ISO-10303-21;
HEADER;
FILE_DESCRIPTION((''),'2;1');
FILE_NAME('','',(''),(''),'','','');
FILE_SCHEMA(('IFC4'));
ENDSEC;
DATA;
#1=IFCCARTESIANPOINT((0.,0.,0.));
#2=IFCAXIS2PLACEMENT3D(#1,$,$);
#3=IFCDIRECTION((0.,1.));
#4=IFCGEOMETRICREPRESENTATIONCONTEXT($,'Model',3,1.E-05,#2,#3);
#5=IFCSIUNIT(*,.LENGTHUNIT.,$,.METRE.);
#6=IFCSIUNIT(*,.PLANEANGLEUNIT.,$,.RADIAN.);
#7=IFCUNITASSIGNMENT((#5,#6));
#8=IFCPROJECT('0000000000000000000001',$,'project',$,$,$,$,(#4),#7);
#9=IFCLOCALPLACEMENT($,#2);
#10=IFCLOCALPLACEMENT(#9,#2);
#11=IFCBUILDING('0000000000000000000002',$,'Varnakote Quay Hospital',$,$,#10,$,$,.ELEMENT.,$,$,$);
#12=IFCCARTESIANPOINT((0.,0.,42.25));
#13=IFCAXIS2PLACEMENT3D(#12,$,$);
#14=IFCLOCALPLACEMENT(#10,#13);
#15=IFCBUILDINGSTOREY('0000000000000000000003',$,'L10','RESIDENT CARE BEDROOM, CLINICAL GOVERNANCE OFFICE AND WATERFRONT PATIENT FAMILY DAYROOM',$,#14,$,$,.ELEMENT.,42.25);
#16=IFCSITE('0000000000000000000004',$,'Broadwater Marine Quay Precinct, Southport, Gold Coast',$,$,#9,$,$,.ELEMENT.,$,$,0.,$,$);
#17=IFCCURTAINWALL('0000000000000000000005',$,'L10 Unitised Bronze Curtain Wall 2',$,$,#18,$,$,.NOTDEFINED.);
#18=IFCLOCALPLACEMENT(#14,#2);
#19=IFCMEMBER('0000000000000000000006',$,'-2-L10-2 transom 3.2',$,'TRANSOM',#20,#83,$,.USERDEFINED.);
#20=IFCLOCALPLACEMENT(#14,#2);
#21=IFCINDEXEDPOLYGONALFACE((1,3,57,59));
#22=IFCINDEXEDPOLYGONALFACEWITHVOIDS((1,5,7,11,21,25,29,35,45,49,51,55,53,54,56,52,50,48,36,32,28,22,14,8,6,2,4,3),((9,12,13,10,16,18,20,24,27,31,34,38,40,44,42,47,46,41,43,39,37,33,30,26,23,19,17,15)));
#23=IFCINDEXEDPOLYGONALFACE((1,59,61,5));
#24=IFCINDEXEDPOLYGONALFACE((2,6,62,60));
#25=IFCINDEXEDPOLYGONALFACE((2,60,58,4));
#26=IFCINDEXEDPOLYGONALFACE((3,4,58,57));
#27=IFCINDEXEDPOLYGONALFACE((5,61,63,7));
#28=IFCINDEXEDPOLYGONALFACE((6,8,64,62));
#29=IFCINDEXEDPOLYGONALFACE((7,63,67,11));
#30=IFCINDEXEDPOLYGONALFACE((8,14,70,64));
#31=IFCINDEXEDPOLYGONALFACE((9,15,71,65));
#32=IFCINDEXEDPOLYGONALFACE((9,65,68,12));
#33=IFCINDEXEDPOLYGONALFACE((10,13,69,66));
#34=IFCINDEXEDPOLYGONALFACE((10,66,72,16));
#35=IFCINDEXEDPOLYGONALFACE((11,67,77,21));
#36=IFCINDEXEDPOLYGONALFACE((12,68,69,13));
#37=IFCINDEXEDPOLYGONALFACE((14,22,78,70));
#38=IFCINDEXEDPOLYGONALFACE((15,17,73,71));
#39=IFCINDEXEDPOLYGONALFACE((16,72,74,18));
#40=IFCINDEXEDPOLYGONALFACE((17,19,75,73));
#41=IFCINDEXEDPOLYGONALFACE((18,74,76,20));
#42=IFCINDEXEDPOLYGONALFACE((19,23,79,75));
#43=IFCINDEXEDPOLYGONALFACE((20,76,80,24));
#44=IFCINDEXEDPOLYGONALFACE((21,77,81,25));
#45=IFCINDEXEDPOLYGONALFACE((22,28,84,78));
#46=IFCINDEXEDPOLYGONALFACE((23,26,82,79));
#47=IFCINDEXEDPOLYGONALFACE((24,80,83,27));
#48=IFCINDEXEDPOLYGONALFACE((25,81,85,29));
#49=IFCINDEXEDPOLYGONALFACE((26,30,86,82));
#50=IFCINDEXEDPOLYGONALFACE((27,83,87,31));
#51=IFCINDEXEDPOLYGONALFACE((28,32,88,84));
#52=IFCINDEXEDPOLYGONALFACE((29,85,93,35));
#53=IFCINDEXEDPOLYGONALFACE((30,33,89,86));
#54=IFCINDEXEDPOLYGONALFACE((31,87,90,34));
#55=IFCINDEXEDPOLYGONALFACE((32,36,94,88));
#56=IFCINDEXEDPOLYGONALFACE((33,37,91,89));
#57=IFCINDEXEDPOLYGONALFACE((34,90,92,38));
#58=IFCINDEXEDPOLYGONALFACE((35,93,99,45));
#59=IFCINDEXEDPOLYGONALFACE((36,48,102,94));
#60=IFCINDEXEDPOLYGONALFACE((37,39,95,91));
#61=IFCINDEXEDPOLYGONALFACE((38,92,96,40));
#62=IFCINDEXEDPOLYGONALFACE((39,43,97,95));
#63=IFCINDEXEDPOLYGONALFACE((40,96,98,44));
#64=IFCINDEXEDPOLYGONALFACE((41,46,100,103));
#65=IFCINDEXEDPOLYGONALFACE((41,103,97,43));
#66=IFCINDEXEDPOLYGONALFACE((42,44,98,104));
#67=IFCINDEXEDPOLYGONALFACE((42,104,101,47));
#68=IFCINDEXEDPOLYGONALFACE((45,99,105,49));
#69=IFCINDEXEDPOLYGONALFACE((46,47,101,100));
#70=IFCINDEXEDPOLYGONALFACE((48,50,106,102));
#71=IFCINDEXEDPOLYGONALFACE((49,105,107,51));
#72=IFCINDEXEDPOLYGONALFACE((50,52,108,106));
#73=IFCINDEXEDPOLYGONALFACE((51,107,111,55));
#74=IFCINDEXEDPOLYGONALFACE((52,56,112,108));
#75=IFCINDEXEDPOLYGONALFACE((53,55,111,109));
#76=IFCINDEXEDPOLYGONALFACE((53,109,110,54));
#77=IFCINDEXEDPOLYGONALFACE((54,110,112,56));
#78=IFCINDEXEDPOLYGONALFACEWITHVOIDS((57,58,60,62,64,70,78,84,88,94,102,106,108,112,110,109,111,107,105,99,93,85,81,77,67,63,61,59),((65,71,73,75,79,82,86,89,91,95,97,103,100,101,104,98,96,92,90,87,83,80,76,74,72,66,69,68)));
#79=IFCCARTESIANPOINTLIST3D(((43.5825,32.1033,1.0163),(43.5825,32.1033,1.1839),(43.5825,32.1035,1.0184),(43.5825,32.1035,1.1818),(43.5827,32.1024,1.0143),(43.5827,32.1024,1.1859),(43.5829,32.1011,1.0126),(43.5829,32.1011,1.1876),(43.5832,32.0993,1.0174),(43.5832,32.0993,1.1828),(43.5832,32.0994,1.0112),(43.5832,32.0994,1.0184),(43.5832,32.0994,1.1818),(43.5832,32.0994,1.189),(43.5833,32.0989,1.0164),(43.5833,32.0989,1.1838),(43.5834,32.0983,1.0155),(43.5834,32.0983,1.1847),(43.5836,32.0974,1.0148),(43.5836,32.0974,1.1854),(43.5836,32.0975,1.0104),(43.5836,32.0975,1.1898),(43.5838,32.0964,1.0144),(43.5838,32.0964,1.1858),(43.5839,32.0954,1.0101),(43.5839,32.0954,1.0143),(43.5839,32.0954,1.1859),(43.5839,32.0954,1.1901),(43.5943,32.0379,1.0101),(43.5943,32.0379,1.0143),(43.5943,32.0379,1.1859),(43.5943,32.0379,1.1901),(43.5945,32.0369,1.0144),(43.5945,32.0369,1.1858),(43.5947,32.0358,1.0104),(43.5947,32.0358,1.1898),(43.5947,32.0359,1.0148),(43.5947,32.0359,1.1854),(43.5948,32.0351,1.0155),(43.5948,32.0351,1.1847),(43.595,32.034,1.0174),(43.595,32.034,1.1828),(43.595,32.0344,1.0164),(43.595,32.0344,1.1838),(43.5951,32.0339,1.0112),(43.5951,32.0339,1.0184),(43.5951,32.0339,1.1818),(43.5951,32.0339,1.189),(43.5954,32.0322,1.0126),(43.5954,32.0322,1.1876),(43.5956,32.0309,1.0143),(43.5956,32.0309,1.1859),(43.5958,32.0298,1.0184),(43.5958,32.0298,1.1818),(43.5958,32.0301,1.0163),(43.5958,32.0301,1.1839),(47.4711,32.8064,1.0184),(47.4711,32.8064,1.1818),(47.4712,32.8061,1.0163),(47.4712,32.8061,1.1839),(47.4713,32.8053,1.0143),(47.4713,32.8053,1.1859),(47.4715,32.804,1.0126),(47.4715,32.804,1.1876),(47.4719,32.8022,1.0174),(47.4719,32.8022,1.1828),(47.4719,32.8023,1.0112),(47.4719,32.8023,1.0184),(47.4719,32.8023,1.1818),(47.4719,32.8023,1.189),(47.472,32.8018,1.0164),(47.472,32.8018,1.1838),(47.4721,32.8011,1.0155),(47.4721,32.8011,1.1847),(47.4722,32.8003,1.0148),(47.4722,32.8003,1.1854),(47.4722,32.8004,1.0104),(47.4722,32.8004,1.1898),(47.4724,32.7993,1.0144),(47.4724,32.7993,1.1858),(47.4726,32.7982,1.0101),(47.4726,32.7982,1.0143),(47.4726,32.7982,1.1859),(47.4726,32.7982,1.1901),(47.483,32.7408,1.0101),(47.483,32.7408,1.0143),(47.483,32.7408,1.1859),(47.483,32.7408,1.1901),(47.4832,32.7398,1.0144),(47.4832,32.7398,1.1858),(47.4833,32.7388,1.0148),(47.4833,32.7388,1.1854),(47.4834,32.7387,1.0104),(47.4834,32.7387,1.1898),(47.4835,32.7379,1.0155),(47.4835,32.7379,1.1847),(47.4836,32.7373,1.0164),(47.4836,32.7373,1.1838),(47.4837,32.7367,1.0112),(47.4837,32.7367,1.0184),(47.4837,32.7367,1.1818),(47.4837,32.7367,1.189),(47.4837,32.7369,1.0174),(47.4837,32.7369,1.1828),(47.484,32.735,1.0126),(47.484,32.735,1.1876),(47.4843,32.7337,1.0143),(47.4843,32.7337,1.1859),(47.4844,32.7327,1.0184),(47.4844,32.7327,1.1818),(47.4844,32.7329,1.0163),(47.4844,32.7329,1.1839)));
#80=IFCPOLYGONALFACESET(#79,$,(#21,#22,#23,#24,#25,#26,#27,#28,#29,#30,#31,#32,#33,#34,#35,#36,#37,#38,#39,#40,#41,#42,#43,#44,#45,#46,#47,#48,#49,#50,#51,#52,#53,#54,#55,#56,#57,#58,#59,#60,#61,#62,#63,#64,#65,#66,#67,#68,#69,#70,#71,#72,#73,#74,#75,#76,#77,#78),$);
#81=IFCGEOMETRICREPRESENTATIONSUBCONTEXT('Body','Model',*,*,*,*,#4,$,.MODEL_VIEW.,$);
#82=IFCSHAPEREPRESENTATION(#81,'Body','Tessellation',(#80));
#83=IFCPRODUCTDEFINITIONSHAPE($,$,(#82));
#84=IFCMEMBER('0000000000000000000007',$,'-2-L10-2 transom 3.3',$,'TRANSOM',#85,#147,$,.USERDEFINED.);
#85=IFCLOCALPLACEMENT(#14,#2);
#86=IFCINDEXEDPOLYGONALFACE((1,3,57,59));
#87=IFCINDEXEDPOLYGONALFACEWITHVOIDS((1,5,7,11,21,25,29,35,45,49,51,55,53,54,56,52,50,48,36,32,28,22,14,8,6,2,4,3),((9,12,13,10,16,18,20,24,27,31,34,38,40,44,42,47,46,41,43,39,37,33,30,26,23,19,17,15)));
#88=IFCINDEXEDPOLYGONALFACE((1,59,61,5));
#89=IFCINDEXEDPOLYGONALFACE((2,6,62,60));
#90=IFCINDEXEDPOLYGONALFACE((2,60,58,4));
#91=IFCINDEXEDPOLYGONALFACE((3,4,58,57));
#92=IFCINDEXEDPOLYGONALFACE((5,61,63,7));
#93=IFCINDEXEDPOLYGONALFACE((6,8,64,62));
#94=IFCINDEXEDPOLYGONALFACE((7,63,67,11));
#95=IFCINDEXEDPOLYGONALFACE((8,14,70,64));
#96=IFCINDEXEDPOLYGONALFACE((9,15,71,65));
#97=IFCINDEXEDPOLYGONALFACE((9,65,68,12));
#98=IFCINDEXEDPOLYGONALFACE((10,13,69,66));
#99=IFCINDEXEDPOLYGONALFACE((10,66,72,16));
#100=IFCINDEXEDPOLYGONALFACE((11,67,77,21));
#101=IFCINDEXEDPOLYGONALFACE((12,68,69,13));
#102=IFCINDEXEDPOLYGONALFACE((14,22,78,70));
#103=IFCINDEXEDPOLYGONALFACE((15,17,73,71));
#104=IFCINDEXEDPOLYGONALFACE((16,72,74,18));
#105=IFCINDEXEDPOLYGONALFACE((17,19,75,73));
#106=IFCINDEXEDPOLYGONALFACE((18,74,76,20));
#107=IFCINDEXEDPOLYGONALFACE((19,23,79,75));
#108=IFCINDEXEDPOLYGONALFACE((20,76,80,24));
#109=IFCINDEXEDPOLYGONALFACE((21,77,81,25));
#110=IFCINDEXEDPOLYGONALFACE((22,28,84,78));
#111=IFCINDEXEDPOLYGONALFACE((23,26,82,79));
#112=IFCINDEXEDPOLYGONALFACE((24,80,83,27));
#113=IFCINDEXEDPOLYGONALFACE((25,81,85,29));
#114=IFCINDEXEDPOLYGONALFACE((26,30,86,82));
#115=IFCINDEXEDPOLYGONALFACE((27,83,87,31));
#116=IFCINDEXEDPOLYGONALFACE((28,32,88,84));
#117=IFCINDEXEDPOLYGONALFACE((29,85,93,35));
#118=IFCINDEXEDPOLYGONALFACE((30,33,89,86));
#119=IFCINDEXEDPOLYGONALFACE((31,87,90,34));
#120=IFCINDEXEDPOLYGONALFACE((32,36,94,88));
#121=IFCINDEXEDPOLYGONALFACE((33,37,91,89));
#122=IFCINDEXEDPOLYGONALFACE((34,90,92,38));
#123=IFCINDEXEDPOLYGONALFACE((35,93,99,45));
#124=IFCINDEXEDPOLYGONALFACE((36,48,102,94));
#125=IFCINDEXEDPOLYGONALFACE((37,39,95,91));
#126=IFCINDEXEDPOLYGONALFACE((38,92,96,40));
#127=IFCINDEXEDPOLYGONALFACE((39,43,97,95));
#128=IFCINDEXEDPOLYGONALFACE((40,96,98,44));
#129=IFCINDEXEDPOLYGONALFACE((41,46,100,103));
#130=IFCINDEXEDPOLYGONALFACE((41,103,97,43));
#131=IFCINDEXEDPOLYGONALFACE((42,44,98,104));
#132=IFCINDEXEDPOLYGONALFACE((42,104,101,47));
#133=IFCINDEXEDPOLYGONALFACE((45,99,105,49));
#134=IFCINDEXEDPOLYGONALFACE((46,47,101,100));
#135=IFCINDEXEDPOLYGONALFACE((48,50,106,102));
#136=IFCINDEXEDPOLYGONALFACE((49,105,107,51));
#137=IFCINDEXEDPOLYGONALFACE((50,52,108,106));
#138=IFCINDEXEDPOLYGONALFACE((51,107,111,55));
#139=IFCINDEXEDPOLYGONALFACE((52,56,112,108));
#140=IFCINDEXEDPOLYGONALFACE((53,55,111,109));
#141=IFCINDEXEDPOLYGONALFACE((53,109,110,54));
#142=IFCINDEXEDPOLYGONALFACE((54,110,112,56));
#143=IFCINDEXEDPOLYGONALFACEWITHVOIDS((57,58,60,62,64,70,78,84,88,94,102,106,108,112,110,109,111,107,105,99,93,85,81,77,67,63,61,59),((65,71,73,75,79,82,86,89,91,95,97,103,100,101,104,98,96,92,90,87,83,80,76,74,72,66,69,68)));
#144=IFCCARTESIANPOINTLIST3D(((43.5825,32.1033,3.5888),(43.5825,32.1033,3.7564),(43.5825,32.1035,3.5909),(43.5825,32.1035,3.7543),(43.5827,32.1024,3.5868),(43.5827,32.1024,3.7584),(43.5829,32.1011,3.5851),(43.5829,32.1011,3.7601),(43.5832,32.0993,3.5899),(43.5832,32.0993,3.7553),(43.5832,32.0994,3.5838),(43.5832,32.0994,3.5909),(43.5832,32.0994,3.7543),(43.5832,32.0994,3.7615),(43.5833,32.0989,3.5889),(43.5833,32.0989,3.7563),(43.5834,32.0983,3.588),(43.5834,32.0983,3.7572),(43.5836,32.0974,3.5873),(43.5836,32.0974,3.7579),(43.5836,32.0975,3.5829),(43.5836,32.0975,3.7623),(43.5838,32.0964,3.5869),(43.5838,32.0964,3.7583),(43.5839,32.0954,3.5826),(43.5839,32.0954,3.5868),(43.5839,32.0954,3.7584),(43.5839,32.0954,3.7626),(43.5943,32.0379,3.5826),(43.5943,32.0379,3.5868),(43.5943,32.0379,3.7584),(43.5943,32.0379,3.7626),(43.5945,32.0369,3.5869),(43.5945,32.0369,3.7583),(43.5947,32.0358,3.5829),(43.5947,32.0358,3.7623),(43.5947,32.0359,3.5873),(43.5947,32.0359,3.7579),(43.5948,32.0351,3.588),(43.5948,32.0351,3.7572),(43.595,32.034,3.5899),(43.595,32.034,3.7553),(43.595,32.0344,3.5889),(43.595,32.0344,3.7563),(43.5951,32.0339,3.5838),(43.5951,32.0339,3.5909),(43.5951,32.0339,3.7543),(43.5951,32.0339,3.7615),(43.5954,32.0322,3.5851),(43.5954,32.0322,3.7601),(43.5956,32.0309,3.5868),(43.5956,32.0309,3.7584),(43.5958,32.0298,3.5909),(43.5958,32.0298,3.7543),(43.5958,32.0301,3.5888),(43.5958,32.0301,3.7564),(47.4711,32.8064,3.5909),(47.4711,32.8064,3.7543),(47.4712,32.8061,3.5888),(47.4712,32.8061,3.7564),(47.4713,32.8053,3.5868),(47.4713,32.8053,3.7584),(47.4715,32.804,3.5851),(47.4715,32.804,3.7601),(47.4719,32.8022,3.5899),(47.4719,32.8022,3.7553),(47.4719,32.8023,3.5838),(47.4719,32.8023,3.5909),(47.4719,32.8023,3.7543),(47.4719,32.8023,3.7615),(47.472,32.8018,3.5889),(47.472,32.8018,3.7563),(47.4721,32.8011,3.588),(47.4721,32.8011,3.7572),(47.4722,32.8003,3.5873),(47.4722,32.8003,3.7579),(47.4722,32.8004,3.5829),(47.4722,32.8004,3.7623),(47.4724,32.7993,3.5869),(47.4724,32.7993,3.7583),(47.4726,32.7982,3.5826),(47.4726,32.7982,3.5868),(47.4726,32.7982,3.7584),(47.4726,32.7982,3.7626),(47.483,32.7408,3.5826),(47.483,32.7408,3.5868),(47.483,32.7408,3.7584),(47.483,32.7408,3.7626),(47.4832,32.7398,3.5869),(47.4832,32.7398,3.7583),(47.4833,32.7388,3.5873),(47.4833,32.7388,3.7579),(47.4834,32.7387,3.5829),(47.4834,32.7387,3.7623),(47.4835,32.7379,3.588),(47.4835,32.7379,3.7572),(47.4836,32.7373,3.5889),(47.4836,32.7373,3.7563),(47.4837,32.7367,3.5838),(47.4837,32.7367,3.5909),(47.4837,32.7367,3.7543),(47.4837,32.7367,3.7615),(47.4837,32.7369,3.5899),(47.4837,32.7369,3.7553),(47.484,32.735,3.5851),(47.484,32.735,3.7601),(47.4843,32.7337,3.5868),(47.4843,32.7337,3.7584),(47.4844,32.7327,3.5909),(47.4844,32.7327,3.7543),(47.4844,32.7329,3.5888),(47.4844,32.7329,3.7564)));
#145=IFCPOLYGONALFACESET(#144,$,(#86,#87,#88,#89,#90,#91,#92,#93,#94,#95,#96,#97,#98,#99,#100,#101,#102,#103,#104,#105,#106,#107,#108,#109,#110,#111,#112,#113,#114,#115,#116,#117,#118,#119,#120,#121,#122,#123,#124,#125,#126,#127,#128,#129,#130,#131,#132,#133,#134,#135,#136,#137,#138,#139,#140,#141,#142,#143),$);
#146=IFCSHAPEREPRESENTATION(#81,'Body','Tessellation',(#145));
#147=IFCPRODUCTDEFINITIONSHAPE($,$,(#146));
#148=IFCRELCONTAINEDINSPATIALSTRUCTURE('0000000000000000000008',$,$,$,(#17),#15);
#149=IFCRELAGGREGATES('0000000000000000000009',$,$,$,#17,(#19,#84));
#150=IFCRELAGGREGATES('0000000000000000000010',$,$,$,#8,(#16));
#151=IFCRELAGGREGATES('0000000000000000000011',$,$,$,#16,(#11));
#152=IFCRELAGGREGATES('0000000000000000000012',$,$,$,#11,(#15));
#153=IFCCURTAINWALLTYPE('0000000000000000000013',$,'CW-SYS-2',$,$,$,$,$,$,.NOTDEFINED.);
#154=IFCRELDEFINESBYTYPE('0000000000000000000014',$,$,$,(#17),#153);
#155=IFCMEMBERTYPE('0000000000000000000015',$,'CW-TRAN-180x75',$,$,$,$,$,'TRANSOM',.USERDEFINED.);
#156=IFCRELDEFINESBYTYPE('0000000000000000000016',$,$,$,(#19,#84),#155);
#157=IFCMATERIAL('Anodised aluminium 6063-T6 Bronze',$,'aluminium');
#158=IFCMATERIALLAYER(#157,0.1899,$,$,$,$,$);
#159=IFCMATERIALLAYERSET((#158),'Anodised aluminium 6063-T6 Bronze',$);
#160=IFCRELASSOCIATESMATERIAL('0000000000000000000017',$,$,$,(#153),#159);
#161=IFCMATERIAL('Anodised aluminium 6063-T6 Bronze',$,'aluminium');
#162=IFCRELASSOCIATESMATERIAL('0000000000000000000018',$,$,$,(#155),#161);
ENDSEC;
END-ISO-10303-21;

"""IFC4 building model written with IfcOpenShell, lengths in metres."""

from ifc_helpers import new_model, si_unit, direction, frame, origin, origin_2d, place, context, subcontext, project, spatial, hollow_rectangle, extrude, material, layer, layer_set, material_profile, profile_set, type_object, element, aggregate, save


model = new_model("IFC4")

# Units and contexts
model_context = context("Model", 3, precision=1e-05, world=origin(), true_north=direction((0.0, 1.0)))
body_context = subcontext(model_context, "Body", "Model", "MODEL_VIEW")
ifc_project = project(units=[si_unit("LENGTHUNIT", "METRE"), si_unit("PLANEANGLEUNIT", "RADIAN")], contexts=[model_context])

# Site, building, storey
site_placement = place(None, origin())
site = spatial("IfcSite", under=ifc_project, at=site_placement, Name="Broadwater Marine Quay Precinct, Southport, Gold Coast", CompositionType="ELEMENT", RefElevation=0.0)
building_placement = place(site_placement, origin())
building = spatial("IfcBuilding", under=site, at=building_placement, Name="Varnakote Quay Hospital", CompositionType="ELEMENT")
storey_placement = place(building_placement, frame((0.0, 0.0, 42.25)))
storey = spatial("IfcBuildingStorey", under=building, at=storey_placement, Name="L10", Description="RESIDENT CARE BEDROOM, CLINICAL GOVERNANCE OFFICE AND WATERFRONT PATIENT FAMILY DAYROOM", CompositionType="ELEMENT", Elevation=42.25)

# Curtain wall, members
ifc_material_1 = material(Name="Anodised aluminium 6063-T6 Bronze", Category="aluminium")
ifc_layer_1 = layer(ifc_material_1, 0.1899)
ifc_layer_set_1 = layer_set([ifc_layer_1], Name="Anodised aluminium 6063-T6 Bronze")
curtain_wall_type = type_object("IfcCurtainWallType", Name="CW-SYS-2", PredefinedType="NOTDEFINED", material=ifc_layer_set_1)
curtain_wall_placement = place(storey_placement, origin())
curtain_wall = element("IfcCurtainWall", 1, at=curtain_wall_placement, inside=storey, type_object=curtain_wall_type, Name="L10 Unitised Bronze Curtain Wall 2", PredefinedType="NOTDEFINED")
ifc_material_2 = material(Name="Anodised aluminium 6063-T6 Bronze", Category="aluminium")
ifc_material_profile_1 = material_profile(ifc_material_2, hollow_rectangle(XDim=0.075, YDim=0.1799, WallThickness=0.0042, InnerFilletRadius=0.0042, OuterFilletRadius=0.0083, at=origin_2d()), Name="CW-TRAN-180x75")
ifc_profile_set_1 = profile_set([ifc_material_profile_1], Name="Anodised aluminium 6063-T6 Bronze")
member_type_1 = type_object("IfcMemberType", Name="CW-TRAN-180x75", ElementType="TRANSOM", PredefinedType="USERDEFINED", material=ifc_profile_set_1)
member_1_placement = place(storey_placement, frame((47.4778, 32.7695, 1.1001), z_axis=(-0.984054, -0.177869, 0.0), x_axis=(0.177869, -0.984054, 0.0)))
member_1 = element("IfcMember", 2, at=member_1_placement, type_object=member_type_1, Name="-2-L10-2 transom 3.2", ObjectType="TRANSOM", PredefinedType="USERDEFINED", context=body_context, shape_type="SweptSolid", body=[
    extrude(hollow_rectangle(XDim=0.075, YDim=0.1799, WallThickness=0.0042, InnerFilletRadius=0.0042, OuterFilletRadius=0.0083, at=origin_2d()), origin(), (0.0, 0.0, 1.0), 3.9517),
])
member_2_placement = place(storey_placement, frame((47.4778, 32.7695, 3.6726), z_axis=(-0.984054, -0.177869, 0.0), x_axis=(0.177869, -0.984054, 0.0)))
member_2 = element("IfcMember", 3, at=member_2_placement, type_object=member_type_1, Name="-2-L10-2 transom 3.3", ObjectType="TRANSOM", PredefinedType="USERDEFINED", context=body_context, shape_type="SweptSolid", body=[
    extrude(hollow_rectangle(XDim=0.075, YDim=0.1799, WallThickness=0.0042, InnerFilletRadius=0.0042, OuterFilletRadius=0.0083, at=origin_2d()), origin(), (0.0, 0.0, 1.0), 3.9517),
])
aggregate(curtain_wall, [member_1, member_2])

save(model, "model.ifc")
